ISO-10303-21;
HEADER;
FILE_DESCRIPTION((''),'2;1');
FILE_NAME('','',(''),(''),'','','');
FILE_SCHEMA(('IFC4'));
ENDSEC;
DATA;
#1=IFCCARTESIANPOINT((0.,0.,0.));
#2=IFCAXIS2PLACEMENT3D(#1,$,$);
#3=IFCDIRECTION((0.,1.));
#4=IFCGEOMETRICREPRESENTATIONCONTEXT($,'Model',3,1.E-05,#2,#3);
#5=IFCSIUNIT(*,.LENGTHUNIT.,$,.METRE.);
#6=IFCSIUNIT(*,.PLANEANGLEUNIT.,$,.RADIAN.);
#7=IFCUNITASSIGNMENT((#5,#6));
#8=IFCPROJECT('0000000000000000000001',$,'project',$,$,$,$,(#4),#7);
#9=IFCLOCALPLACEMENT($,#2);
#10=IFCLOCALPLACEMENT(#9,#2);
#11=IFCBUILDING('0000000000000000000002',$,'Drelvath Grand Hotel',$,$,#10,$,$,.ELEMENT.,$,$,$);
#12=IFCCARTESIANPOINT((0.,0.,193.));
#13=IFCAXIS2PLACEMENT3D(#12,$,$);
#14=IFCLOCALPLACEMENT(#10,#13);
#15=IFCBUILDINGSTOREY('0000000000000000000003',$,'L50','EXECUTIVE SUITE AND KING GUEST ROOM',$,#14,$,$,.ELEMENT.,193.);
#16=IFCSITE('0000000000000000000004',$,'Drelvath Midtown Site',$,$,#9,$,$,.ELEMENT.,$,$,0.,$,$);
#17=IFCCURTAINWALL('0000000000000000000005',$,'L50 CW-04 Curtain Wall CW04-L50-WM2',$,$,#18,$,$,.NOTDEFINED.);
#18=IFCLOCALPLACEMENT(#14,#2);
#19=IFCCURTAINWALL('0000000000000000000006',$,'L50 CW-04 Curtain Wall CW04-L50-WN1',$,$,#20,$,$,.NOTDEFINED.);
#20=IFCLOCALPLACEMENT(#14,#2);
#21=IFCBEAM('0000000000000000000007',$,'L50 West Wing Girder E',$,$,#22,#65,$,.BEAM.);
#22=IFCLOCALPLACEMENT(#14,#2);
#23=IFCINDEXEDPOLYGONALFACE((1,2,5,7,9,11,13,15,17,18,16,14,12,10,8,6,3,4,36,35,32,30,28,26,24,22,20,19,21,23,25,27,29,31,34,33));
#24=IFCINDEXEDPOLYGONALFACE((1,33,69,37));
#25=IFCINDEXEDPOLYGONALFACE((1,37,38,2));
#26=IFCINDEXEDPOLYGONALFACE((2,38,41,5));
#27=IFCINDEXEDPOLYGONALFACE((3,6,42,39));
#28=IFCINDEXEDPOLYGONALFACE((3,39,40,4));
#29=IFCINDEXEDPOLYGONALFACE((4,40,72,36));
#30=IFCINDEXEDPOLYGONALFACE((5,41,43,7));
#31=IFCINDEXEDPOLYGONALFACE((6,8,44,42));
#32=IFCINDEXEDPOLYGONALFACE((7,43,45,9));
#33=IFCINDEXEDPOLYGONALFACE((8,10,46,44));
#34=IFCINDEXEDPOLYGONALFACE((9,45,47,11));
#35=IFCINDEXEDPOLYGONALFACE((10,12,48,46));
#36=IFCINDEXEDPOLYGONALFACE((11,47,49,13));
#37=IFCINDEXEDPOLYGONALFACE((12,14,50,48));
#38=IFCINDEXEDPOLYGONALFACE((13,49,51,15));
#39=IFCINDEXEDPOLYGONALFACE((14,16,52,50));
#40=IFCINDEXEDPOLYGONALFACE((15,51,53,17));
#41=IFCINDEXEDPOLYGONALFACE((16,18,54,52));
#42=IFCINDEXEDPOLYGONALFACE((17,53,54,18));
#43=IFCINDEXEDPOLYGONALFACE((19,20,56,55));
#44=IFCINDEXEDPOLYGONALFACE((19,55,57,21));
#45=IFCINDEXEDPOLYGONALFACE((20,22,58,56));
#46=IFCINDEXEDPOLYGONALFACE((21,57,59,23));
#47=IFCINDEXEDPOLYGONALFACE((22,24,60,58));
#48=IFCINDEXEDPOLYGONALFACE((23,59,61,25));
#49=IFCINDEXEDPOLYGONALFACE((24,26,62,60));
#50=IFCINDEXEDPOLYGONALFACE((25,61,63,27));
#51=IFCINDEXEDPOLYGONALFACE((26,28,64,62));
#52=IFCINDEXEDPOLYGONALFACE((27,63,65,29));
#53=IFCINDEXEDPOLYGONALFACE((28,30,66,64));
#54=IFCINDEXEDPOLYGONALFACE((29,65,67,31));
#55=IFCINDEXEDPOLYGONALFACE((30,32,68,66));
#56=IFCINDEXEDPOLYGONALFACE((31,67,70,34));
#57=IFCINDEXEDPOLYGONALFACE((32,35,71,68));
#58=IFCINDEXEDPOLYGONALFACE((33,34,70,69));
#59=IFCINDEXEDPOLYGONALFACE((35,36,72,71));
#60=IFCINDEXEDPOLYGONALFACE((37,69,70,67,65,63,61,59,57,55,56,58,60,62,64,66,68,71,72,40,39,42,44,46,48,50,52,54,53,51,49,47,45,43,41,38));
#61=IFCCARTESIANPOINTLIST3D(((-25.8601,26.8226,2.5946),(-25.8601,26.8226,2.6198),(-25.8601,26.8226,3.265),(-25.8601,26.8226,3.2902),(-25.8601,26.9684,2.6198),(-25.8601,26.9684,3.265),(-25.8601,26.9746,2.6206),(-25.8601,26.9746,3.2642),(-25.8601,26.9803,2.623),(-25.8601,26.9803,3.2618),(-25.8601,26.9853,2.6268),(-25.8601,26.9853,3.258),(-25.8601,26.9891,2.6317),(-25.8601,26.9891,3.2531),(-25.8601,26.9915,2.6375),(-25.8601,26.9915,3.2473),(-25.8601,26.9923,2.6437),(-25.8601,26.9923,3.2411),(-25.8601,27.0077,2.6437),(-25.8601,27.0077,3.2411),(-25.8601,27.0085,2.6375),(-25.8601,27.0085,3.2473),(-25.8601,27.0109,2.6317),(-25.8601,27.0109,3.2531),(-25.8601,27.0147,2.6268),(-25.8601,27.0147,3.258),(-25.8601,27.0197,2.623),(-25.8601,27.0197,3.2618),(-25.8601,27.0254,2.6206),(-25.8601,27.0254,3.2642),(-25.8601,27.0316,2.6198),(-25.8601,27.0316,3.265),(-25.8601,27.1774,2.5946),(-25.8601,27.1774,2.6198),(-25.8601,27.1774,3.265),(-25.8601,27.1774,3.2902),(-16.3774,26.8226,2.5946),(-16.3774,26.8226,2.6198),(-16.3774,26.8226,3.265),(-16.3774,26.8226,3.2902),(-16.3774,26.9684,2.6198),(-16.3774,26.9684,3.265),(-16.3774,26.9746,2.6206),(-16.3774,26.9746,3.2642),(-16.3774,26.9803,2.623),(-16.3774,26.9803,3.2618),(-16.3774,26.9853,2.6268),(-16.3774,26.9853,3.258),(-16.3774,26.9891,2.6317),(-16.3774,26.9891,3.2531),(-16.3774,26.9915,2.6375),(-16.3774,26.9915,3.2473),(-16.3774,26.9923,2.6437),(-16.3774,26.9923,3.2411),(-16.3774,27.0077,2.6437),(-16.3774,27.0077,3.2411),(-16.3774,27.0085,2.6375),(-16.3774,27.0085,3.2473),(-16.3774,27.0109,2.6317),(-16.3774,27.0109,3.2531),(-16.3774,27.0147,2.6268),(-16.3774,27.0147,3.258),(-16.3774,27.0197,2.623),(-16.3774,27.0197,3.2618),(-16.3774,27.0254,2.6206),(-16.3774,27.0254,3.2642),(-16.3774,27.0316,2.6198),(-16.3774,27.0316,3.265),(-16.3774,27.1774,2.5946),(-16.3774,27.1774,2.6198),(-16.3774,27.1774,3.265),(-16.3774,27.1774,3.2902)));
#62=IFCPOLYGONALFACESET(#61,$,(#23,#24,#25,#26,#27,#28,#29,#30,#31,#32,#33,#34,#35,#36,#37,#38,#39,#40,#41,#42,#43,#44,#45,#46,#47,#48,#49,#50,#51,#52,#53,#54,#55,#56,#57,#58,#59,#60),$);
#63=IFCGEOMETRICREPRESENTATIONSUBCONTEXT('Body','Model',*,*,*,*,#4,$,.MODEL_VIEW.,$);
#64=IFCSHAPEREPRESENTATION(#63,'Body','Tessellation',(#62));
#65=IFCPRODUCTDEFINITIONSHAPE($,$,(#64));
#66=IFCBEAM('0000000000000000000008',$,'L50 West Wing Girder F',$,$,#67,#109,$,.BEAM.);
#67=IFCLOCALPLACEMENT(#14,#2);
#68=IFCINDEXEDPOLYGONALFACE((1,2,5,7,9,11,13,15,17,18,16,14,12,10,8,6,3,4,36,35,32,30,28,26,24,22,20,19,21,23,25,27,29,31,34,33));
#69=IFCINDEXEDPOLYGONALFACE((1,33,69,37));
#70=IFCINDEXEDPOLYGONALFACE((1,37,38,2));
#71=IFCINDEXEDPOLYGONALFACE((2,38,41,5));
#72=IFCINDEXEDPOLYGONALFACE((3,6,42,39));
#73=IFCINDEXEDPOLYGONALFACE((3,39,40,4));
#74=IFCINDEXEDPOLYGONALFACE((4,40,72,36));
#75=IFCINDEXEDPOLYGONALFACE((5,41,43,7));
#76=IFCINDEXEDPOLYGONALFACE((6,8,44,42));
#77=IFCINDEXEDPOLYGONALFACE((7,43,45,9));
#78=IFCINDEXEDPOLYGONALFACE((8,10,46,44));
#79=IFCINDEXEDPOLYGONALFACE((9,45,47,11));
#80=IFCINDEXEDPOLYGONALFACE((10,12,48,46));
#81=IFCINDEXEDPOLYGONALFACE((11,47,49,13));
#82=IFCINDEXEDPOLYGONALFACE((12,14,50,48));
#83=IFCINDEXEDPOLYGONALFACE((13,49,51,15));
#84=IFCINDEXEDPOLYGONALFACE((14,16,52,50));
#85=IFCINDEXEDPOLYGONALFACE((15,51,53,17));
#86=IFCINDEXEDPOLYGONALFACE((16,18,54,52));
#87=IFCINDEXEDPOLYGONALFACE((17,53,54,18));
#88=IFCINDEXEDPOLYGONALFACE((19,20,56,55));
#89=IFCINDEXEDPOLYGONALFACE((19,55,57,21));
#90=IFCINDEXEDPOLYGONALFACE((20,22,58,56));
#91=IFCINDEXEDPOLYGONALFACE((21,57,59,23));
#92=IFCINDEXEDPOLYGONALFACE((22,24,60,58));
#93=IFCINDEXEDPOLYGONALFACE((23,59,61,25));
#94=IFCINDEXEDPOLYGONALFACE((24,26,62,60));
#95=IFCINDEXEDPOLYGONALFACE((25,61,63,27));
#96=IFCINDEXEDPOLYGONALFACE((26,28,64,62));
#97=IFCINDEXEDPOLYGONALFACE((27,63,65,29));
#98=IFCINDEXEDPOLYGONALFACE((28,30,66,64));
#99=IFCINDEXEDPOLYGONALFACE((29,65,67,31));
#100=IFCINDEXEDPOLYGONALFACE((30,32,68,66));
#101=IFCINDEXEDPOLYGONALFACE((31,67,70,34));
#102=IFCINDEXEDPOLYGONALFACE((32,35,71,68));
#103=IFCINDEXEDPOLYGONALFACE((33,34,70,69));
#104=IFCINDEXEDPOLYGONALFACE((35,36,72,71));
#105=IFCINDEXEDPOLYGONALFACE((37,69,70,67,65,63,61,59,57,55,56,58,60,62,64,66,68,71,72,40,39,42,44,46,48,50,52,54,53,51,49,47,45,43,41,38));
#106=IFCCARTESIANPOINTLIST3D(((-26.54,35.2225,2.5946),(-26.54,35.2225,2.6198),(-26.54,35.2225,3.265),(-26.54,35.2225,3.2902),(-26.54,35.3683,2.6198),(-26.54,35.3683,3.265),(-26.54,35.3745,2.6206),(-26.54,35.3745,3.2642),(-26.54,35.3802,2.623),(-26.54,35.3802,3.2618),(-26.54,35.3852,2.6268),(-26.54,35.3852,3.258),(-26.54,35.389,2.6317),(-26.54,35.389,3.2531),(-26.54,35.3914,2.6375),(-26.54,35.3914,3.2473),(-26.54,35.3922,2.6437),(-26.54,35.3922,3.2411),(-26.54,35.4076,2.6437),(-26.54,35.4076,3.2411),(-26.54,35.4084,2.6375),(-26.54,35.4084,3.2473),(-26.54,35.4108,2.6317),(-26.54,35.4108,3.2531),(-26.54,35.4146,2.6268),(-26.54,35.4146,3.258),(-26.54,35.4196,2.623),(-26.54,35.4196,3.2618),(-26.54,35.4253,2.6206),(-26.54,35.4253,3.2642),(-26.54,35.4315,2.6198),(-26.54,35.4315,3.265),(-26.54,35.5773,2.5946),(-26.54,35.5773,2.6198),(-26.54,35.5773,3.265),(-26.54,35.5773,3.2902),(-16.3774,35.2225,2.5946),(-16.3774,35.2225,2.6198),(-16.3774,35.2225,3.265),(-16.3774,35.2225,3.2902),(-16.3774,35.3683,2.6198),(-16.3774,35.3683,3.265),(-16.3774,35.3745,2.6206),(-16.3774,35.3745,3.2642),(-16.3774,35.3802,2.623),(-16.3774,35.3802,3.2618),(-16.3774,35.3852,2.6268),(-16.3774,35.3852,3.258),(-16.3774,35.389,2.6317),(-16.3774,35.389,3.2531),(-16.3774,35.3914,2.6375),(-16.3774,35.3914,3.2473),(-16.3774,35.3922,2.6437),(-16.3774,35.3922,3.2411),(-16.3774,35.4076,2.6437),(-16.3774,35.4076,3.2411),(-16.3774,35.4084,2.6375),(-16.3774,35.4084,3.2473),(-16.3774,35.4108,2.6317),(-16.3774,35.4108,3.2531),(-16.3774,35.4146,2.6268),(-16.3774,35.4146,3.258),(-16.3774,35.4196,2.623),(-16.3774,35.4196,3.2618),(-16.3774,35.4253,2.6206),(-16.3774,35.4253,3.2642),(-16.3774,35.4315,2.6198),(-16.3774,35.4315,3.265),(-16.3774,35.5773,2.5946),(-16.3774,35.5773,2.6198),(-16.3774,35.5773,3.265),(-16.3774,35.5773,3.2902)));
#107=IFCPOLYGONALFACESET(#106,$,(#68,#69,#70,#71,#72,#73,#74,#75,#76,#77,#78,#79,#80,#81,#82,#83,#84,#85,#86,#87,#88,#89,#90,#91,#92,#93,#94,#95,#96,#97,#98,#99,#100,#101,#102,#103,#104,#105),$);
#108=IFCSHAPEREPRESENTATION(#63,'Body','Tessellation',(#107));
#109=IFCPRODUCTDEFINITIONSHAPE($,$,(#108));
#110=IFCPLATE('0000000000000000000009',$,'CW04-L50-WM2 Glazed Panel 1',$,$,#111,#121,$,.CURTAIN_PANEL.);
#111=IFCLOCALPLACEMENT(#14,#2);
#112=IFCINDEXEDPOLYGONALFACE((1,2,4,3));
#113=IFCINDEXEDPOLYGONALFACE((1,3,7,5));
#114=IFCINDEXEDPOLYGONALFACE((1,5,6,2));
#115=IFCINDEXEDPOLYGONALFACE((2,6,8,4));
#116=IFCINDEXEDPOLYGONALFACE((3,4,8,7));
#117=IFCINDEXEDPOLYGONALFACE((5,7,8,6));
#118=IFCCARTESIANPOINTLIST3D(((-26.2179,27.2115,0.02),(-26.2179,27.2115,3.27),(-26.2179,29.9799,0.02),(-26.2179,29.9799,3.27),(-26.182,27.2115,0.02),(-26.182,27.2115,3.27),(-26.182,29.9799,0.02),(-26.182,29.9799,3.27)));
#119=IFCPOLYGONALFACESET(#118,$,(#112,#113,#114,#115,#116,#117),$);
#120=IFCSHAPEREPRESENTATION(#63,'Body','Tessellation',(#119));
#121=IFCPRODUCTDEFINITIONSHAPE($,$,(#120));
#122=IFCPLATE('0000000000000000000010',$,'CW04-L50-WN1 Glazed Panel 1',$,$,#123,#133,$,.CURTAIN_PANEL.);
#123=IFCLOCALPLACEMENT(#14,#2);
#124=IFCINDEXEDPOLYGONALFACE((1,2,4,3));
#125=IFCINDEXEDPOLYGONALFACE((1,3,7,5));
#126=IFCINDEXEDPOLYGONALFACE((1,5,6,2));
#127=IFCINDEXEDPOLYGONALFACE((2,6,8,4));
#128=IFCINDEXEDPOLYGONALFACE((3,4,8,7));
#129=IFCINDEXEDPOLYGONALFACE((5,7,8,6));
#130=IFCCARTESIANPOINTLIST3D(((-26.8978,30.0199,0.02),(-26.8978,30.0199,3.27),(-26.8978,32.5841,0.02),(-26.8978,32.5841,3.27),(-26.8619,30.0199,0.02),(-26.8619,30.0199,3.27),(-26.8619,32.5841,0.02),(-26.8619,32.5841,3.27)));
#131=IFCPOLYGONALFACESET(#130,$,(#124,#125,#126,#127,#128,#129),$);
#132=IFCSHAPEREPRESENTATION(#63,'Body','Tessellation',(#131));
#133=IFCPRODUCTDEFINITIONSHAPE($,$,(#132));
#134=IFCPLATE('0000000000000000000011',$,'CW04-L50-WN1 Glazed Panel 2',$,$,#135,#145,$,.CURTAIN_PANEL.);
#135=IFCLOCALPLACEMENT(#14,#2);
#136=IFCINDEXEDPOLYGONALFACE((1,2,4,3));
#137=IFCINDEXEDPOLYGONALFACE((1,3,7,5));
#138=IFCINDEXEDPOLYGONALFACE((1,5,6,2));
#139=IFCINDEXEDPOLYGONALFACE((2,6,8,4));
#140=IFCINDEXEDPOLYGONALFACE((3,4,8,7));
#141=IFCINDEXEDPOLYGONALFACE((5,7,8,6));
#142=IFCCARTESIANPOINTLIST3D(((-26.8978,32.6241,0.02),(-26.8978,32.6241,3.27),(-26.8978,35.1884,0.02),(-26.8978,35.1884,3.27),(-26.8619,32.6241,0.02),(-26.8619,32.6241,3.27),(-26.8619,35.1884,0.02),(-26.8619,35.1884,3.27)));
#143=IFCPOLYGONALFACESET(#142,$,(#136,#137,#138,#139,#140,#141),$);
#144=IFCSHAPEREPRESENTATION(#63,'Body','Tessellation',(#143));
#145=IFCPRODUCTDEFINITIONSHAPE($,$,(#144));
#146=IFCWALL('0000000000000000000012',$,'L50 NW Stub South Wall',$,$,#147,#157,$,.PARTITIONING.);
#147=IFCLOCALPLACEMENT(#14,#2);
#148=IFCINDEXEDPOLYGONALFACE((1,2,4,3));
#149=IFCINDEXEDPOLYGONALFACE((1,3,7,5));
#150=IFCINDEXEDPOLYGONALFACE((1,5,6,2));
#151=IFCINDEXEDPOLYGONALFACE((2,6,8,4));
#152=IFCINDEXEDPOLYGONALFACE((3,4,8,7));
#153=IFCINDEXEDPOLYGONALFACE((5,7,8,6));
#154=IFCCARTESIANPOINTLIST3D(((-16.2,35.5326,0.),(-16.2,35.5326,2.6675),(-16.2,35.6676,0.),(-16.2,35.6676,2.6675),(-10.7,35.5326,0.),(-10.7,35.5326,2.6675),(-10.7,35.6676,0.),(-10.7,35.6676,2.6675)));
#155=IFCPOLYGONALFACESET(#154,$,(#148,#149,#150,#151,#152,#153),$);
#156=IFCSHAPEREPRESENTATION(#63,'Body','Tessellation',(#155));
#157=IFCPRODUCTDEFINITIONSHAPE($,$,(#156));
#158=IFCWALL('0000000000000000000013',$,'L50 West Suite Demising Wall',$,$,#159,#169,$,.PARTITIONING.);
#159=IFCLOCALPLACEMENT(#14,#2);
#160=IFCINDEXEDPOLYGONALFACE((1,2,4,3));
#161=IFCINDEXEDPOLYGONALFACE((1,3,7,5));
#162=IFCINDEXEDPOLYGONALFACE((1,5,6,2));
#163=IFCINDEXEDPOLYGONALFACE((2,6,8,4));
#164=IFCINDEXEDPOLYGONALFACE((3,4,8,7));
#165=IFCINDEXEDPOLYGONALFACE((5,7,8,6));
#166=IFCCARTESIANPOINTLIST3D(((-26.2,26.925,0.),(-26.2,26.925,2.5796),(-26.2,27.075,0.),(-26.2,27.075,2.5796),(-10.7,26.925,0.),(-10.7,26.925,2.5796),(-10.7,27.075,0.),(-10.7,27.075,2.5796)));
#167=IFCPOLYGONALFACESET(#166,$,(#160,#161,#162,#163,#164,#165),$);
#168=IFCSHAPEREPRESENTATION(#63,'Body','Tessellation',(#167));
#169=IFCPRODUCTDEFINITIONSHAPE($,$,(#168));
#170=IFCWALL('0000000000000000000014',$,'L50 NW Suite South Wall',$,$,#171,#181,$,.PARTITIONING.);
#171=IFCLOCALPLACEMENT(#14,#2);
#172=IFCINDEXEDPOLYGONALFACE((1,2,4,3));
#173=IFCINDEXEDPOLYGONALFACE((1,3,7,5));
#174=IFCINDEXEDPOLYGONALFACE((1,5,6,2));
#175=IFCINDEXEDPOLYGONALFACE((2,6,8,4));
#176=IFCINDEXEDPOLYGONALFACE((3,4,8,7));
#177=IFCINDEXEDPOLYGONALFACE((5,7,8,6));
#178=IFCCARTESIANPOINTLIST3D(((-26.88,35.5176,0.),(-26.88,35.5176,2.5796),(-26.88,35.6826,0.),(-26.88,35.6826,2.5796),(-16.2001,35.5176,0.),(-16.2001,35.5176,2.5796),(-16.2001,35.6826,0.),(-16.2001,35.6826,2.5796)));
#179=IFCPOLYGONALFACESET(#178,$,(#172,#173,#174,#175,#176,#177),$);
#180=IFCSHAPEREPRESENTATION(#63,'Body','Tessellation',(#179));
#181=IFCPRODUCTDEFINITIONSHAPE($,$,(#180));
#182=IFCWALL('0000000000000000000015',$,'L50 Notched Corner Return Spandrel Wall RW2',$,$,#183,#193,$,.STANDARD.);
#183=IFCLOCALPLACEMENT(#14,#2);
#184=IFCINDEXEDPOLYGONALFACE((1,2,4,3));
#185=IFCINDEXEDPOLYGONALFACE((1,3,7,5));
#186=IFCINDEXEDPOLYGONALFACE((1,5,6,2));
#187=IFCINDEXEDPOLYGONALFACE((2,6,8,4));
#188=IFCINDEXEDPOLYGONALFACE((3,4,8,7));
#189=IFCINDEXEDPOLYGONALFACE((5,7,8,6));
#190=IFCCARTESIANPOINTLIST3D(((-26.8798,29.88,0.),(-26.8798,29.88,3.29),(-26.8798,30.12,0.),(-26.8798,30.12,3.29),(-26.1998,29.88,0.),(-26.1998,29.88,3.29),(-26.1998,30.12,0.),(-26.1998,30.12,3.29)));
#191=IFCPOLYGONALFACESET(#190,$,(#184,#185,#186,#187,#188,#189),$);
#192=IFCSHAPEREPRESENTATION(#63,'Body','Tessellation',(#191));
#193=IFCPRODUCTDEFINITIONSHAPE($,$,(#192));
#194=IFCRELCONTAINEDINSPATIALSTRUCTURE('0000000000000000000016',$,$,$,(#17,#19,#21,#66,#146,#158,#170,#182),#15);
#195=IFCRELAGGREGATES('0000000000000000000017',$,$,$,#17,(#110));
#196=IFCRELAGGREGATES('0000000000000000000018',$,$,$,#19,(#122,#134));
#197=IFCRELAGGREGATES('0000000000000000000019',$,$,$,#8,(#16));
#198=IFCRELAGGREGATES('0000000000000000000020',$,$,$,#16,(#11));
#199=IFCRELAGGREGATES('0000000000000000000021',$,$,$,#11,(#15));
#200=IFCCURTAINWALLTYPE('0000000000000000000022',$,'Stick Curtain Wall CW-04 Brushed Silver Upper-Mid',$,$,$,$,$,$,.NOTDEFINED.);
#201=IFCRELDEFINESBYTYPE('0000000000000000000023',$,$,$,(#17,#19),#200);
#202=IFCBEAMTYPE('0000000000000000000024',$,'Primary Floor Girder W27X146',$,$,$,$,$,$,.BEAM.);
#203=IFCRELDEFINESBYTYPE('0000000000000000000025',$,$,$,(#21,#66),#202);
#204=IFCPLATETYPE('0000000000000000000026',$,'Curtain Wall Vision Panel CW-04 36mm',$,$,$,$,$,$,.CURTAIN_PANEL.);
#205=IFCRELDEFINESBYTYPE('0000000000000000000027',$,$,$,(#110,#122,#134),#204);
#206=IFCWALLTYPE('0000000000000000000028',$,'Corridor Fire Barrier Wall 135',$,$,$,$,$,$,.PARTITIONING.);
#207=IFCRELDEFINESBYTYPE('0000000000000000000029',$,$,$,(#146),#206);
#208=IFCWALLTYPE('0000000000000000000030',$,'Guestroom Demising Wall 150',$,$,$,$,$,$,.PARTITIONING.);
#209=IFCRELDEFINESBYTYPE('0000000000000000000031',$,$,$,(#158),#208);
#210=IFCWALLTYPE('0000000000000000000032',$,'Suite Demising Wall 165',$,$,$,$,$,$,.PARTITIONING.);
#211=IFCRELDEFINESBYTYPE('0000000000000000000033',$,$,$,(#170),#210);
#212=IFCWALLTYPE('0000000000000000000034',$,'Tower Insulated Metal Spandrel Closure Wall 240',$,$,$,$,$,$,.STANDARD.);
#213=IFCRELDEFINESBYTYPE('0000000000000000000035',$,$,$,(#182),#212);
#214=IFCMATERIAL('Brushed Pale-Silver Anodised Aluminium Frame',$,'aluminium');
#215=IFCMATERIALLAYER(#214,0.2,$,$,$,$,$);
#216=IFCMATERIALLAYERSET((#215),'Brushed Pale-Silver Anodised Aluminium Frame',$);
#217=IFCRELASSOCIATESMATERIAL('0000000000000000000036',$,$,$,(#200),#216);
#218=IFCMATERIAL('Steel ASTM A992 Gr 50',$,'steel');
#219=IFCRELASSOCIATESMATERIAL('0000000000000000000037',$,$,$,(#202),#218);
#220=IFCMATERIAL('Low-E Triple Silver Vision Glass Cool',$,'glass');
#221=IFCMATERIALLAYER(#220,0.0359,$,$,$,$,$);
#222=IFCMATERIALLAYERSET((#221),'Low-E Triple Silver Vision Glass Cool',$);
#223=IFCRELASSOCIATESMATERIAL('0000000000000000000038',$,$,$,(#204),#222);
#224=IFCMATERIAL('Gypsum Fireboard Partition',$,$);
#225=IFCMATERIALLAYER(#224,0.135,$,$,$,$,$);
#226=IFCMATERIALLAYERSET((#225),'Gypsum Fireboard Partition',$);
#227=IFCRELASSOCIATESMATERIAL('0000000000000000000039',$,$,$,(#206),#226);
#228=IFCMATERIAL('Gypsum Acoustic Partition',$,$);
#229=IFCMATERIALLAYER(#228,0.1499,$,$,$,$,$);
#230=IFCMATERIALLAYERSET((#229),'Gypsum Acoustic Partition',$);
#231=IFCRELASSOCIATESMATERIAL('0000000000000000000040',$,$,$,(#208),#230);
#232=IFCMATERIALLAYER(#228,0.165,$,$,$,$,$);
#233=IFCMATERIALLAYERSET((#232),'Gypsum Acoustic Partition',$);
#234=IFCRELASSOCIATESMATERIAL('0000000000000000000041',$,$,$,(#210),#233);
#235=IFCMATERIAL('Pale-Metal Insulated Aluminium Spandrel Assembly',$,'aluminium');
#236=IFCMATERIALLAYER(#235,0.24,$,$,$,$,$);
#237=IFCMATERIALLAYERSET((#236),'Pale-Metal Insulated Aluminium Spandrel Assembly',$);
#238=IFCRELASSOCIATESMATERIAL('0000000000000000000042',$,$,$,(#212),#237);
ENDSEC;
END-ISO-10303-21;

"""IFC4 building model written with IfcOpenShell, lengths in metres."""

from ifc_helpers import new_model, si_unit, direction, frame, frame_2d, origin, origin_2d, place, context, subcontext, project, spatial, rectangle, i_section, extrude, material, layer, layer_set, material_profile, profile_set, type_object, element, aggregate, save


model = new_model("IFC4")

# Units and contexts
model_context = context("Model", 3, precision=1e-05, world=origin(), true_north=direction((0.0, 1.0)))
body_context = subcontext(model_context, "Body", "Model", "MODEL_VIEW")
ifc_project = project(units=[si_unit("LENGTHUNIT", "METRE"), si_unit("PLANEANGLEUNIT", "RADIAN")], contexts=[model_context])

# Site, building, storey
site_placement = place(None, origin())
site = spatial("IfcSite", under=ifc_project, at=site_placement, Name="Drelvath Midtown Site", CompositionType="ELEMENT", RefElevation=0.0)
building_placement = place(site_placement, origin())
building = spatial("IfcBuilding", under=site, at=building_placement, Name="Drelvath Grand Hotel", CompositionType="ELEMENT")
storey_placement = place(building_placement, frame((0.0, 0.0, 193.0)))
storey = spatial("IfcBuildingStorey", under=building, at=storey_placement, Name="L50", Description="EXECUTIVE SUITE AND KING GUEST ROOM", CompositionType="ELEMENT", Elevation=193.0)

# Curtain walls
ifc_material_1 = material(Name="Brushed Pale-Silver Anodised Aluminium Frame", Category="aluminium")
ifc_layer_1 = layer(ifc_material_1, 0.2)
ifc_layer_set_1 = layer_set([ifc_layer_1], Name="Brushed Pale-Silver Anodised Aluminium Frame")
curtain_wall_type = type_object("IfcCurtainWallType", Name="Stick Curtain Wall CW-04 Brushed Silver Upper-Mid", PredefinedType="NOTDEFINED", material=ifc_layer_set_1)
curtain_wall_1_placement = place(storey_placement, origin())
curtain_wall_1 = element("IfcCurtainWall", 1, at=curtain_wall_1_placement, inside=storey, type_object=curtain_wall_type, Name="L50 CW-04 Curtain Wall CW04-L50-WM2", PredefinedType="NOTDEFINED")
curtain_wall_2_placement = place(storey_placement, origin())
curtain_wall_2 = element("IfcCurtainWall", 2, at=curtain_wall_2_placement, inside=storey, type_object=curtain_wall_type, Name="L50 CW-04 Curtain Wall CW04-L50-WN1", PredefinedType="NOTDEFINED")

# Beams
ifc_material_2 = material(Name="Steel ASTM A992 Gr 50", Category="steel")
ifc_material_profile_1 = material_profile(ifc_material_2, i_section(OverallWidth=0.3547, OverallDepth=0.6956, WebThickness=0.0154, FlangeThickness=0.0251, FilletRadius=0.0239, at=origin_2d()), Name="W27X146")
ifc_profile_set_1 = profile_set([ifc_material_profile_1], Name="Steel ASTM A992 Gr 50")
beam_type_1 = type_object("IfcBeamType", Name="Primary Floor Girder W27X146", PredefinedType="BEAM", material=ifc_profile_set_1)
beam_1_placement = place(storey_placement, frame((-25.8601, 27.0, 2.9424), z_axis=(1.0, 0.0, 0.0), x_axis=(0.0, 1.0, 0.0)))
element("IfcBeam", 3, at=beam_1_placement, inside=storey, type_object=beam_type_1, Name="L50 West Wing Girder E", PredefinedType="BEAM", context=body_context, shape_type="SweptSolid", body=[
    extrude(i_section(OverallWidth=0.3547, OverallDepth=0.6956, WebThickness=0.0154, FlangeThickness=0.0251, FilletRadius=0.0239, at=origin_2d()), origin(), (0.0, 0.0, 1.0), 9.4827),
])
beam_2_placement = place(storey_placement, frame((-26.54, 35.3999, 2.9424), z_axis=(1.0, 0.0, 0.0), x_axis=(0.0, 1.0, 0.0)))
element("IfcBeam", 4, at=beam_2_placement, inside=storey, type_object=beam_type_1, Name="L50 West Wing Girder F", PredefinedType="BEAM", context=body_context, shape_type="SweptSolid", body=[
    extrude(i_section(OverallWidth=0.3547, OverallDepth=0.6956, WebThickness=0.0154, FlangeThickness=0.0251, FilletRadius=0.0239, at=origin_2d()), origin(), (0.0, 0.0, 1.0), 10.1626),
])

# Plates
ifc_material_3 = material(Name="Low-E Triple Silver Vision Glass Cool", Category="glass")
ifc_layer_2 = layer(ifc_material_3, 0.0359)
ifc_layer_set_2 = layer_set([ifc_layer_2], Name="Low-E Triple Silver Vision Glass Cool")
plate_type = type_object("IfcPlateType", Name="Curtain Wall Vision Panel CW-04 36mm", PredefinedType="CURTAIN_PANEL", material=ifc_layer_set_2)
plate_1_placement = place(storey_placement, frame((-26.2, 28.5957, 0.02), z_axis=(0.0, 0.0, 1.0), x_axis=(0.0, 1.0, 0.0)))
plate_1 = element("IfcPlate", 5, at=plate_1_placement, type_object=plate_type, Name="CW04-L50-WM2 Glazed Panel 1", PredefinedType="CURTAIN_PANEL", context=body_context, shape_type="SweptSolid", body=[
    extrude(rectangle(XDim=2.7683, YDim=0.0359, at=origin_2d()), origin(), (0.0, 0.0, 1.0), 3.25),
])
aggregate(curtain_wall_1, [plate_1])
plate_2_placement = place(storey_placement, frame((-26.8799, 31.302, 0.02), z_axis=(0.0, 0.0, 1.0), x_axis=(0.0, 1.0, 0.0)))
plate_2 = element("IfcPlate", 6, at=plate_2_placement, type_object=plate_type, Name="CW04-L50-WN1 Glazed Panel 1", PredefinedType="CURTAIN_PANEL", context=body_context, shape_type="SweptSolid", body=[
    extrude(rectangle(XDim=2.5642, YDim=0.0359, at=origin_2d()), origin(), (0.0, 0.0, 1.0), 3.25),
])
plate_3_placement = place(storey_placement, frame((-26.8799, 33.9062, 0.02), z_axis=(0.0, 0.0, 1.0), x_axis=(0.0, 1.0, 0.0)))
plate_3 = element("IfcPlate", 7, at=plate_3_placement, type_object=plate_type, Name="CW04-L50-WN1 Glazed Panel 2", PredefinedType="CURTAIN_PANEL", context=body_context, shape_type="SweptSolid", body=[
    extrude(rectangle(XDim=2.5642, YDim=0.0359, at=origin_2d()), origin(), (0.0, 0.0, 1.0), 3.25),
])
aggregate(curtain_wall_2, [plate_2, plate_3])

# Wall
ifc_material_4 = material(Name="Gypsum Fireboard Partition")
ifc_layer_3 = layer(ifc_material_4, 0.135)
ifc_layer_set_3 = layer_set([ifc_layer_3], Name="Gypsum Fireboard Partition")
wall_type_1 = type_object("IfcWallType", Name="Corridor Fire Barrier Wall 135", PredefinedType="PARTITIONING", material=ifc_layer_set_3)
wall_1_placement = place(storey_placement, frame((-16.2, 35.6001, 0.0), z_axis=(0.0, 0.0, 1.0), x_axis=(1.0, 0.0, 0.0)))
element("IfcWall", 8, at=wall_1_placement, inside=storey, type_object=wall_type_1, Name="L50 NW Stub South Wall", PredefinedType="PARTITIONING", context=body_context, shape_type="SweptSolid", body=[
    extrude(rectangle(XDim=5.5, YDim=0.135, at=frame_2d((2.75, 0.0))), origin(), (0.0, 0.0, 1.0), 2.6675),
])

# Walls
ifc_material_5 = material(Name="Gypsum Acoustic Partition")
ifc_layer_4 = layer(ifc_material_5, 0.1499)
ifc_layer_set_4 = layer_set([ifc_layer_4], Name="Gypsum Acoustic Partition")
wall_type_2 = type_object("IfcWallType", Name="Guestroom Demising Wall 150", PredefinedType="PARTITIONING", material=ifc_layer_set_4)
wall_2_placement = place(storey_placement, frame((-26.2, 27.0, 0.0), z_axis=(0.0, 0.0, 1.0), x_axis=(1.0, 0.0, 0.0)))
element("IfcWall", 9, at=wall_2_placement, inside=storey, type_object=wall_type_2, Name="L50 West Suite Demising Wall", PredefinedType="PARTITIONING", context=body_context, shape_type="SweptSolid", body=[
    extrude(rectangle(XDim=15.5, YDim=0.1499, at=frame_2d((7.75, 0.0))), origin(), (0.0, 0.0, 1.0), 2.5796),
])
ifc_layer_5 = layer(ifc_material_5, 0.165)
ifc_layer_set_5 = layer_set([ifc_layer_5], Name="Gypsum Acoustic Partition")
wall_type_3 = type_object("IfcWallType", Name="Suite Demising Wall 165", PredefinedType="PARTITIONING", material=ifc_layer_set_5)
wall_3_placement = place(storey_placement, frame((-26.8799, 35.6001, 0.0), z_axis=(0.0, 0.0, 1.0), x_axis=(1.0, 0.0, 0.0)))
element("IfcWall", 10, at=wall_3_placement, inside=storey, type_object=wall_type_3, Name="L50 NW Suite South Wall", PredefinedType="PARTITIONING", context=body_context, shape_type="SweptSolid", body=[
    extrude(rectangle(XDim=10.6799, YDim=0.165, at=frame_2d((5.3398, 0.0))), origin(), (0.0, 0.0, 1.0), 2.5796),
])
ifc_material_6 = material(Name="Pale-Metal Insulated Aluminium Spandrel Assembly", Category="aluminium")
ifc_layer_6 = layer(ifc_material_6, 0.24)
ifc_layer_set_6 = layer_set([ifc_layer_6], Name="Pale-Metal Insulated Aluminium Spandrel Assembly")
wall_type_4 = type_object("IfcWallType", Name="Tower Insulated Metal Spandrel Closure Wall 240", PredefinedType="STANDARD", material=ifc_layer_set_6)
wall_4_placement = place(storey_placement, frame((-26.2, 30.0, 0.0), z_axis=(0.0, 0.0, 1.0), x_axis=(-1.0, 0.0, 0.0)))
element("IfcWall", 11, at=wall_4_placement, inside=storey, type_object=wall_type_4, Name="L50 Notched Corner Return Spandrel Wall RW2", PredefinedType="STANDARD", context=body_context, shape_type="SweptSolid", body=[
    extrude(rectangle(XDim=0.6799, YDim=0.24, at=frame_2d((0.3398, 0.0))), origin(), (0.0, 0.0, 1.0), 3.29),
])

save(model, "model.ifc")
